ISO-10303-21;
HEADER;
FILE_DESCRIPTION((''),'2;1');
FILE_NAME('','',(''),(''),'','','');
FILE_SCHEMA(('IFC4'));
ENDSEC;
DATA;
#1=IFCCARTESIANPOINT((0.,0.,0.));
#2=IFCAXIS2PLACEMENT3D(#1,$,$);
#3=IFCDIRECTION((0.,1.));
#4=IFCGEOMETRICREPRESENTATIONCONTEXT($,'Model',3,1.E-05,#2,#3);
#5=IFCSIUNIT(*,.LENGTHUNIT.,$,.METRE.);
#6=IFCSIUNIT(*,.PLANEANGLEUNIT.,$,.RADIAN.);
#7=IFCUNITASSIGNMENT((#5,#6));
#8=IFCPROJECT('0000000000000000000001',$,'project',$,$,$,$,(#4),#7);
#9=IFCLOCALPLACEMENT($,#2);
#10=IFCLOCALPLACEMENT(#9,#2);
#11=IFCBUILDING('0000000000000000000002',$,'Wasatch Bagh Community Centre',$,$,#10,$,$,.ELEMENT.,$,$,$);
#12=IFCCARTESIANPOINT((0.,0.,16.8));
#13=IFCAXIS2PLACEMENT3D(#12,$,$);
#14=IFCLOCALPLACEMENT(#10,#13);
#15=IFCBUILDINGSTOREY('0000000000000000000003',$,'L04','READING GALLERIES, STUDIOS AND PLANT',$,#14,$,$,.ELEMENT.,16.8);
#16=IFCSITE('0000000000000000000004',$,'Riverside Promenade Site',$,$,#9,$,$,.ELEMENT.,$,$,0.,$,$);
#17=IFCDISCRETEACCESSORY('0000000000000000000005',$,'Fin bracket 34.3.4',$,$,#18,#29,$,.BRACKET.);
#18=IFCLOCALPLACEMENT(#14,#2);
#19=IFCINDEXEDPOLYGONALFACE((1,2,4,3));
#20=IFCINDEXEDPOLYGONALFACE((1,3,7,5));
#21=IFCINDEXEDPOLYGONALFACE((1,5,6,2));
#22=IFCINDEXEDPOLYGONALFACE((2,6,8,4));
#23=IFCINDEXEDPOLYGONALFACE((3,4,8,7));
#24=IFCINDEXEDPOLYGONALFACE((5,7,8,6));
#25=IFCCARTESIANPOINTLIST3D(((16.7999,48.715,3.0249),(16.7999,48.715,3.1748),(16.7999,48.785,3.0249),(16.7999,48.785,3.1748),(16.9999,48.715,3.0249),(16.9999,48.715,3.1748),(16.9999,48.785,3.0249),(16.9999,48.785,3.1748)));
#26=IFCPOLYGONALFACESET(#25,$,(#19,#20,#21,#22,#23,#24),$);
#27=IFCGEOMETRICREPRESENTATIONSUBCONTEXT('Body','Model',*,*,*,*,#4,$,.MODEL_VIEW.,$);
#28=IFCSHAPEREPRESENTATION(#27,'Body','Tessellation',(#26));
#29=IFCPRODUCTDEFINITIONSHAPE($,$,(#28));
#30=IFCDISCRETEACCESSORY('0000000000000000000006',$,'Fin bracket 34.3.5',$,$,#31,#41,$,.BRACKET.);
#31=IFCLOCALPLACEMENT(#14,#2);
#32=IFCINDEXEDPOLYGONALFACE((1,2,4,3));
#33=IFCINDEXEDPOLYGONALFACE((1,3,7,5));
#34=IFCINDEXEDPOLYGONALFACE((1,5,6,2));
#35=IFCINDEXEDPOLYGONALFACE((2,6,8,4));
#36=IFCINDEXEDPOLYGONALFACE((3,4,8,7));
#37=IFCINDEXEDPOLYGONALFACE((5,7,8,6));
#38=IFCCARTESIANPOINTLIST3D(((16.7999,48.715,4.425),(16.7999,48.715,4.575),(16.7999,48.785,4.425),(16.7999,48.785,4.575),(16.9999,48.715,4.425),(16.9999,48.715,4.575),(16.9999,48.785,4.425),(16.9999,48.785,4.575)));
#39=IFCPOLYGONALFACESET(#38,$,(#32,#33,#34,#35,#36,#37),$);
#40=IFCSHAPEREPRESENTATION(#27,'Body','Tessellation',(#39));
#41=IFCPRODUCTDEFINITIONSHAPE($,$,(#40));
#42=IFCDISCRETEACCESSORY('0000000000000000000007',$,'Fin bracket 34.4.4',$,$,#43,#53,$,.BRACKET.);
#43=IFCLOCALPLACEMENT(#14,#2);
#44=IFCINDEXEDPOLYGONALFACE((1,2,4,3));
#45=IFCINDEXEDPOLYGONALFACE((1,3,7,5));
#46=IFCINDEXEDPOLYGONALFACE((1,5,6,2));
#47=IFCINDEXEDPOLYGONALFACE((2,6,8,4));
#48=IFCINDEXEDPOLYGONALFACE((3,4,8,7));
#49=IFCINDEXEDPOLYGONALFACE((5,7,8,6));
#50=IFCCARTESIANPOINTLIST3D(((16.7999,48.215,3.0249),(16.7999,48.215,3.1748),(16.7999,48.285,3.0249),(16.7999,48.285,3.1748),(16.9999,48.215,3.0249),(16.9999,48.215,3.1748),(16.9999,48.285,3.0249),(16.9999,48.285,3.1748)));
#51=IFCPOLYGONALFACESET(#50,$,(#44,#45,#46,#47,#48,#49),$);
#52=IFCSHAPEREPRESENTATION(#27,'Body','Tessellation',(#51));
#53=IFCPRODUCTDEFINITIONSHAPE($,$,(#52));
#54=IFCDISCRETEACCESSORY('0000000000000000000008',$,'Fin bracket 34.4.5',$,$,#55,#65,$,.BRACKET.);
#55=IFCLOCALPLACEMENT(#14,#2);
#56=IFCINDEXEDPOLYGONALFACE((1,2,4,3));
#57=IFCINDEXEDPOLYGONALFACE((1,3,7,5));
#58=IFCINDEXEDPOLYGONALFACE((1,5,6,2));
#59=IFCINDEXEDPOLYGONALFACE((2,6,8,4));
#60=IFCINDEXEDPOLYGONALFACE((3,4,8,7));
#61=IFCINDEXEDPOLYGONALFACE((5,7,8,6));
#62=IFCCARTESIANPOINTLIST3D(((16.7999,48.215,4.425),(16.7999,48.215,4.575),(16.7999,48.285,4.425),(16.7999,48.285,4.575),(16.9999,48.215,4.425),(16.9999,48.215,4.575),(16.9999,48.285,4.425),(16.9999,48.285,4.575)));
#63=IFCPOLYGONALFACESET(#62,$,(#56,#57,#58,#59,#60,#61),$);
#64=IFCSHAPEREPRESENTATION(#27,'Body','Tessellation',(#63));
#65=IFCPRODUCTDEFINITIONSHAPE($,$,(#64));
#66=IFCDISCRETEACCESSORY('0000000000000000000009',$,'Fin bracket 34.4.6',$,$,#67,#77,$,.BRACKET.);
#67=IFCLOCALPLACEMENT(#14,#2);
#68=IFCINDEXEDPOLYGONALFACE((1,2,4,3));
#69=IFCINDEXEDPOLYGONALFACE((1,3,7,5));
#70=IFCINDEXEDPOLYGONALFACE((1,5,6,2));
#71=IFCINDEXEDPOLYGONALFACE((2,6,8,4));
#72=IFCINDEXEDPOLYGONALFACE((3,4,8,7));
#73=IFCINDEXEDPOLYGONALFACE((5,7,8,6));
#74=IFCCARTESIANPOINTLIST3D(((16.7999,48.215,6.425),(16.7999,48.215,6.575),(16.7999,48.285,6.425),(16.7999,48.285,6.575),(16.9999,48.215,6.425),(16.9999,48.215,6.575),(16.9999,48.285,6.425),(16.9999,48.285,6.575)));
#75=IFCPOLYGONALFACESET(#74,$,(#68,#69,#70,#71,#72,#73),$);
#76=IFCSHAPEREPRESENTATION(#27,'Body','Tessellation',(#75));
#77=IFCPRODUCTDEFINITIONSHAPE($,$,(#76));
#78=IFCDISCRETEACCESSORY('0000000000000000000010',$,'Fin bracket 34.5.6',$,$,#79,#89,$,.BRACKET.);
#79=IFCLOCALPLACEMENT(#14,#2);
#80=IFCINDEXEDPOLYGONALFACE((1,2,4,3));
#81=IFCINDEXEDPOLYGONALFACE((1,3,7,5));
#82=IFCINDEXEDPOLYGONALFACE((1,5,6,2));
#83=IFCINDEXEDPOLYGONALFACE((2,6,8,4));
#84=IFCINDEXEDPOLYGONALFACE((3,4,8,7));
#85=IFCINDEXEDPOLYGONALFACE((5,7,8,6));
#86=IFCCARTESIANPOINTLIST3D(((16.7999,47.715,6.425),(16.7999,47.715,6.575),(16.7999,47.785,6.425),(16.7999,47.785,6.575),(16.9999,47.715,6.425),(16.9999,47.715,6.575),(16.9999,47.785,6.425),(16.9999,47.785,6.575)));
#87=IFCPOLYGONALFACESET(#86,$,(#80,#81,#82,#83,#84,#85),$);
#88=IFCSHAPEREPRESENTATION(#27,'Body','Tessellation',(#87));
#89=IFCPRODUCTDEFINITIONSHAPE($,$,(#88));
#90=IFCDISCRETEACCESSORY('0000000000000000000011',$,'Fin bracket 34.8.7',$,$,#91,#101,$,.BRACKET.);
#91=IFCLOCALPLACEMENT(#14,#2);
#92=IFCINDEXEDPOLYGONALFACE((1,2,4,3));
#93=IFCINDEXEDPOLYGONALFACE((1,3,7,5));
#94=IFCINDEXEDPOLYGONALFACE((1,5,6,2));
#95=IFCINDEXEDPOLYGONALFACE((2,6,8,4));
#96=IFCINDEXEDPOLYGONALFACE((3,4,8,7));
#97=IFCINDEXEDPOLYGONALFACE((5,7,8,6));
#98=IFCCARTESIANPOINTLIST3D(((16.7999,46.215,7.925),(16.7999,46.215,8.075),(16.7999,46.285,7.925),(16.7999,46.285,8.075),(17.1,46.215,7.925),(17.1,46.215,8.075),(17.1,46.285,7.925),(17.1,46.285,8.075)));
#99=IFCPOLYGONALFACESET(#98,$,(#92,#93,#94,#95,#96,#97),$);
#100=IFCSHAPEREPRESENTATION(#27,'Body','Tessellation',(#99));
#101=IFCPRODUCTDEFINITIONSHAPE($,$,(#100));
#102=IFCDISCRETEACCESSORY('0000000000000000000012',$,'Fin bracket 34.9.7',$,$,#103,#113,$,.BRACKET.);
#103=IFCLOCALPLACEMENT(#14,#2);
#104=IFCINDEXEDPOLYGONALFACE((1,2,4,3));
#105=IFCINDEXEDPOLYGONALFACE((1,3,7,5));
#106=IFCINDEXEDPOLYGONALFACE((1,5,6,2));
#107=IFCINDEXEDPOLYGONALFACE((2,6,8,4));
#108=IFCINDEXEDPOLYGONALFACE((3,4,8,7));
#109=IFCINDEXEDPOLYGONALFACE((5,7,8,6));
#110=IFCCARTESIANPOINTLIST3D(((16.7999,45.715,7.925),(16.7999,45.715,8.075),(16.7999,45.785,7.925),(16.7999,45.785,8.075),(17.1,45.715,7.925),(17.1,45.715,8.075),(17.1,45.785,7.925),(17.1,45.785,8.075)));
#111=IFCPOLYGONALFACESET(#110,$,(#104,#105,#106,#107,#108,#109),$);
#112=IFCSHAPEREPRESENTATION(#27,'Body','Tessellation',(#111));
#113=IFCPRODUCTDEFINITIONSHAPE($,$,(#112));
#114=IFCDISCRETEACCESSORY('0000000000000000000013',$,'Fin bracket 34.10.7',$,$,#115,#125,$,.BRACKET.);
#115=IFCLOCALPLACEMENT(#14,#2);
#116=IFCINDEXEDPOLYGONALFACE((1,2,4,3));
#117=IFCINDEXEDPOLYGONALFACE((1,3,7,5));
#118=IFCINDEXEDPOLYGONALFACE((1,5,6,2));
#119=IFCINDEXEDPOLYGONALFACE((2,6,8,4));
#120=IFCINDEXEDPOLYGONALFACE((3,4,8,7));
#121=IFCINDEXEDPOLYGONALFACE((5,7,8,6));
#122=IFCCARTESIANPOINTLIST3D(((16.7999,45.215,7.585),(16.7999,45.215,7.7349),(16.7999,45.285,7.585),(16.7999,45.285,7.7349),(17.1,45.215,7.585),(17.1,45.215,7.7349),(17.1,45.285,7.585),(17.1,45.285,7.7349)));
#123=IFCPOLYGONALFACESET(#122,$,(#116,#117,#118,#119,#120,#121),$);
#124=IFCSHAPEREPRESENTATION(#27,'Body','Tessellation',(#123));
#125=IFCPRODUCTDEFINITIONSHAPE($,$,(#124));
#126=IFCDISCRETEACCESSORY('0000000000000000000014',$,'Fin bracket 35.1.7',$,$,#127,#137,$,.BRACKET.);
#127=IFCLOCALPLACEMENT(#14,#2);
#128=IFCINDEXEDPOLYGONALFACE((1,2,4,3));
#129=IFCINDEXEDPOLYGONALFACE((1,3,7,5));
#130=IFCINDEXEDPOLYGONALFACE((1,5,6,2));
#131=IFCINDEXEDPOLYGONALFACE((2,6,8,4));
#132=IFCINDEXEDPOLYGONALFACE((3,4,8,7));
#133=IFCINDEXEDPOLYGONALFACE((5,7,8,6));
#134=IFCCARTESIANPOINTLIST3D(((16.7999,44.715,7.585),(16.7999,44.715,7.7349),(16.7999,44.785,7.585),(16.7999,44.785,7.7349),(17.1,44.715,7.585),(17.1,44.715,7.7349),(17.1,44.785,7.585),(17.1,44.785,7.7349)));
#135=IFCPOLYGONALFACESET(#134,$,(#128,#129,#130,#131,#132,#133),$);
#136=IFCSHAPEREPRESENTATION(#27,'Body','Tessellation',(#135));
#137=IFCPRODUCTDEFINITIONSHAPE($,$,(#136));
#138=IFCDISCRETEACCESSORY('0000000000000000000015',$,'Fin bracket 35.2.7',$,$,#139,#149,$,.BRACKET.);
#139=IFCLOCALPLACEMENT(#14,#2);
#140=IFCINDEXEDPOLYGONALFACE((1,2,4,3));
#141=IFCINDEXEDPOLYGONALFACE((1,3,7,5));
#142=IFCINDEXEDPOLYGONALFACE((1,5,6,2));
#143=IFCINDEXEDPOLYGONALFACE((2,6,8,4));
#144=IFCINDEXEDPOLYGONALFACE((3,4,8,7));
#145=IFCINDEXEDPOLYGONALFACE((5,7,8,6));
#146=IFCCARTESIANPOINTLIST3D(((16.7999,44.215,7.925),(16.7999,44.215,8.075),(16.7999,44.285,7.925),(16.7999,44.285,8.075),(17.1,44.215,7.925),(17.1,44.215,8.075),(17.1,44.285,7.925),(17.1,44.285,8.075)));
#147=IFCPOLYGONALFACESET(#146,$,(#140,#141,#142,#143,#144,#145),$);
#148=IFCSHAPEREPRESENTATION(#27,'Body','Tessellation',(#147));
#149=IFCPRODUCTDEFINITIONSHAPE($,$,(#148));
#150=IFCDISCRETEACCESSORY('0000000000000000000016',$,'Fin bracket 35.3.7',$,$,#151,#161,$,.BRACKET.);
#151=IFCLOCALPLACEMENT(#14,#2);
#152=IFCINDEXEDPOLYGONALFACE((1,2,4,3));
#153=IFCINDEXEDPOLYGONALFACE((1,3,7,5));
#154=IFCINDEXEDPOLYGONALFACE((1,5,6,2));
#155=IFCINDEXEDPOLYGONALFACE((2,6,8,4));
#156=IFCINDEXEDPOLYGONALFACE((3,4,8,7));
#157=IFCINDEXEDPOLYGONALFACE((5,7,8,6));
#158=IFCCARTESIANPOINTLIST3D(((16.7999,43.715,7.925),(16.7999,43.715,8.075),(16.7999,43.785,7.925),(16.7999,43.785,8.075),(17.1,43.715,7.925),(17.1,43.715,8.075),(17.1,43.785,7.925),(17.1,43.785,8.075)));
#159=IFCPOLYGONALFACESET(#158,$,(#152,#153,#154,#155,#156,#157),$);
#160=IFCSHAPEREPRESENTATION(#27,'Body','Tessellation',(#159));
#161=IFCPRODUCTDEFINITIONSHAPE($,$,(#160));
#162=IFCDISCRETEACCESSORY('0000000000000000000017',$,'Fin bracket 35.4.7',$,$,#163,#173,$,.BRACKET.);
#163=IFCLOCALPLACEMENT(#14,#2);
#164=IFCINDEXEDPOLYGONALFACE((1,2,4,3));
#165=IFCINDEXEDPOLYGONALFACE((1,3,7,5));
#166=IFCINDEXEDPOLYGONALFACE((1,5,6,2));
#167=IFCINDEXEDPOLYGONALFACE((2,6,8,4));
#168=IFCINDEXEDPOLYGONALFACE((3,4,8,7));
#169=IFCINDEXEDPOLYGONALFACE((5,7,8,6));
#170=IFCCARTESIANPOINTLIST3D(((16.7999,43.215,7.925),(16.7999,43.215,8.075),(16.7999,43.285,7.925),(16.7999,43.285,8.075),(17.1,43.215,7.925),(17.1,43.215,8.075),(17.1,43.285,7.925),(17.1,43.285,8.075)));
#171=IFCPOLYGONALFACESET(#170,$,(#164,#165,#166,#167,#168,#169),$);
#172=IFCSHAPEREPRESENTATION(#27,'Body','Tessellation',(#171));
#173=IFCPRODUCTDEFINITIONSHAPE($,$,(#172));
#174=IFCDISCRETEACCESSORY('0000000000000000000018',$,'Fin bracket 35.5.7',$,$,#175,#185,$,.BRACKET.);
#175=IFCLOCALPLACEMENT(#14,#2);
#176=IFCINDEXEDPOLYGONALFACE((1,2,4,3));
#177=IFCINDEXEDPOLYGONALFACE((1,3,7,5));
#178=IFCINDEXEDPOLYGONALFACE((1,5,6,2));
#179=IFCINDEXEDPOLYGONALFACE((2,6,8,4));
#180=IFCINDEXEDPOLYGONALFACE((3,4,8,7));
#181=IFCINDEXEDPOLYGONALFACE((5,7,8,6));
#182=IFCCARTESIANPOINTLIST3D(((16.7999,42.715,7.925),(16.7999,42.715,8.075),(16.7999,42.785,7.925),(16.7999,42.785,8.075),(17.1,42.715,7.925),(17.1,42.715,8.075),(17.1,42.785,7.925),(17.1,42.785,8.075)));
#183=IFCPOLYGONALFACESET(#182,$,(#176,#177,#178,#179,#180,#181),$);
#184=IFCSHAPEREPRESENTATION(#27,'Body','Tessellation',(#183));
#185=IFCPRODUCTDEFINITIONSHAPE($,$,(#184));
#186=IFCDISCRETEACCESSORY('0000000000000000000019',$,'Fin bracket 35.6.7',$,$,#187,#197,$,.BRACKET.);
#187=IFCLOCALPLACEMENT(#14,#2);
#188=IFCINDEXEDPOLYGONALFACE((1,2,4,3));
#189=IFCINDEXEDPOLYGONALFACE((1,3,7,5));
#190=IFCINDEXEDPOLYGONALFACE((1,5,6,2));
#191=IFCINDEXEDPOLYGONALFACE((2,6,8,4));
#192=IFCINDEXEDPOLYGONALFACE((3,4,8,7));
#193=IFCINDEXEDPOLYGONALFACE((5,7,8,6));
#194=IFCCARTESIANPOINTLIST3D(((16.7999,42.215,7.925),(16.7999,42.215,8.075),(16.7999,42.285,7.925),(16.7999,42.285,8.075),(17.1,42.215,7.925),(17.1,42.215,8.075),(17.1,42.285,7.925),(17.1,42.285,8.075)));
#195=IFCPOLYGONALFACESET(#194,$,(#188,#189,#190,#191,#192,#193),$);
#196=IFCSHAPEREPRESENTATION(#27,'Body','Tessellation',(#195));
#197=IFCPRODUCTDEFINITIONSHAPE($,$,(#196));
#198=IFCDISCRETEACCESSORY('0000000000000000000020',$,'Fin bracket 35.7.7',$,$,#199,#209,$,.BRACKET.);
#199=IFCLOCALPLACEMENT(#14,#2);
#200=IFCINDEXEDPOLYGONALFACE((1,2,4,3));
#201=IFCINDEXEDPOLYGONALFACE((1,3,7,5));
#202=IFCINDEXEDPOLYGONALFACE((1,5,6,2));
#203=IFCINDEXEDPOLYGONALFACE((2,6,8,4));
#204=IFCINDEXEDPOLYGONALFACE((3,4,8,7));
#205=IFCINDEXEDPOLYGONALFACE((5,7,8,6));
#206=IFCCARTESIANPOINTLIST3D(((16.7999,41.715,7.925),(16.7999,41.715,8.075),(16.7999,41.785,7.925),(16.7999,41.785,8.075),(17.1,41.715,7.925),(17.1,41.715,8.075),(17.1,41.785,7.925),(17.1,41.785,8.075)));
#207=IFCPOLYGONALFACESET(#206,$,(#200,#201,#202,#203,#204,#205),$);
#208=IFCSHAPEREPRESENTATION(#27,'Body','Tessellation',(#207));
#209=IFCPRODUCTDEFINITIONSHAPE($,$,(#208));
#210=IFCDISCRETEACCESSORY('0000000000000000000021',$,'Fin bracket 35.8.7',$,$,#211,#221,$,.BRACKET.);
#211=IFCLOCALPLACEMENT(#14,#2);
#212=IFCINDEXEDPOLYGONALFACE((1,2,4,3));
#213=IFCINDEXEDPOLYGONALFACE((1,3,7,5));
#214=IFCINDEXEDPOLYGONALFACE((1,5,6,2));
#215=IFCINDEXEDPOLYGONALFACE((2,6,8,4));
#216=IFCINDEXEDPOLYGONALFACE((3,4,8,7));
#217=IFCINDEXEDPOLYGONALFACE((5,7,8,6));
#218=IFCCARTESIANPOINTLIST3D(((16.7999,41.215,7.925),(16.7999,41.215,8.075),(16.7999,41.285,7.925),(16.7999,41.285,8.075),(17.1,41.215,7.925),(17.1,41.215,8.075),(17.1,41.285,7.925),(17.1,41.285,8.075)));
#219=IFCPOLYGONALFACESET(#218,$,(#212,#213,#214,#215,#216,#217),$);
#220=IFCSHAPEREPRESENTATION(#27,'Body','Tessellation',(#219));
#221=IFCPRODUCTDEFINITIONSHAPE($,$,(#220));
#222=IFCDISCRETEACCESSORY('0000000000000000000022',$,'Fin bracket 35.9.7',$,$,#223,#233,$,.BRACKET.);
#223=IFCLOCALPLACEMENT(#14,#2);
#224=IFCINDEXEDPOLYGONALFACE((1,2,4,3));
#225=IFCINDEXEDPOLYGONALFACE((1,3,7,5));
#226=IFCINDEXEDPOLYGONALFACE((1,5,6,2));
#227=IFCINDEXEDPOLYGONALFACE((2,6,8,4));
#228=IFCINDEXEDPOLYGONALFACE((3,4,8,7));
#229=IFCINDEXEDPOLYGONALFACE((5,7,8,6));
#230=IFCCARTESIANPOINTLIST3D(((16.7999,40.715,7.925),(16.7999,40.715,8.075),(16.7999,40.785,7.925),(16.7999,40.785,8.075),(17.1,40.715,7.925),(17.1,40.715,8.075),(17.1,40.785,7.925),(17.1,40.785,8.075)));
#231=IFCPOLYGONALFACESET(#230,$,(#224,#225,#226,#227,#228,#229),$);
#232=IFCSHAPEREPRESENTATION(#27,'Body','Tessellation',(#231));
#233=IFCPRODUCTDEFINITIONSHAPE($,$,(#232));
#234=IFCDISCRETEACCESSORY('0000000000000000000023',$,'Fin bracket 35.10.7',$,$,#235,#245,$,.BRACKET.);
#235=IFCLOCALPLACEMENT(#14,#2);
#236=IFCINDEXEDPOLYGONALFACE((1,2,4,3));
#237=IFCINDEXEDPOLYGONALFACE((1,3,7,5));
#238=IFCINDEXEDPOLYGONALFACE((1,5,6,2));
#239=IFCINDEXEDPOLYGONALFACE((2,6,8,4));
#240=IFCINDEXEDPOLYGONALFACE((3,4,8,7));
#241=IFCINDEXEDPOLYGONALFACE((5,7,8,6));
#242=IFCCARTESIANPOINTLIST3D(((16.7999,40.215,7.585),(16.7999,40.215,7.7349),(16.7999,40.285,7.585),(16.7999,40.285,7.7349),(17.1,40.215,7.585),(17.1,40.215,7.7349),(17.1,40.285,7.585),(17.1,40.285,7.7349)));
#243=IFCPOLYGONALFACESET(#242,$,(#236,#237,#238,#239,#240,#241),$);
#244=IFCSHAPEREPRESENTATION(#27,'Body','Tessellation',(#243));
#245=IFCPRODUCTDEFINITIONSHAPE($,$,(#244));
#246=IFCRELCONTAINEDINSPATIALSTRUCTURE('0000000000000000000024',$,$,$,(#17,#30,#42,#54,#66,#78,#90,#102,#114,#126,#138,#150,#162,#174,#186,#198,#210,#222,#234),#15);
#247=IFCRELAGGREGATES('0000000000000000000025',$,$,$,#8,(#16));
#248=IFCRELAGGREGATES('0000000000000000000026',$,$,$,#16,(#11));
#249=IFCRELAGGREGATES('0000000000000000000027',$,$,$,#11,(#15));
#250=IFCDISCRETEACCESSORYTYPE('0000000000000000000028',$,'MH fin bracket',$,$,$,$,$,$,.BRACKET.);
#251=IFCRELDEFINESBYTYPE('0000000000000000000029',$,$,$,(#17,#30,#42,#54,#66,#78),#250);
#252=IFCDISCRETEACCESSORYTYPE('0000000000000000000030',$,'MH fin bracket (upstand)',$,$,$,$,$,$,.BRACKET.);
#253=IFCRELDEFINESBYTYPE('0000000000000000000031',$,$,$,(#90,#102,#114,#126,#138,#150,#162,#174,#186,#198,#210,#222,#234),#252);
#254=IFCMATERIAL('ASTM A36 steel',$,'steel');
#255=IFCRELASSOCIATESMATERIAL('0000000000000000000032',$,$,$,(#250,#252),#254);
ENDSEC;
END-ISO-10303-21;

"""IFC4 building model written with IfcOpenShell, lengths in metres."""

from ifc_helpers import new_model, si_unit, direction, frame, origin, origin_2d, place, context, subcontext, project, spatial, rectangle, extrude, material, type_object, element, save


model = new_model("IFC4")

# Units and contexts
model_context = context("Model", 3, precision=1e-05, world=origin(), true_north=direction((0.0, 1.0)))
body_context = subcontext(model_context, "Body", "Model", "MODEL_VIEW")
ifc_project = project(units=[si_unit("LENGTHUNIT", "METRE"), si_unit("PLANEANGLEUNIT", "RADIAN")], contexts=[model_context])

# Site, building, storey
site_placement = place(None, origin())
site = spatial("IfcSite", under=ifc_project, at=site_placement, Name="Riverside Promenade Site", CompositionType="ELEMENT", RefElevation=0.0)
building_placement = place(site_placement, origin())
building = spatial("IfcBuilding", under=site, at=building_placement, Name="Wasatch Bagh Community Centre", CompositionType="ELEMENT")
storey_placement = place(building_placement, frame((0.0, 0.0, 16.8)))
storey = spatial("IfcBuildingStorey", under=building, at=storey_placement, Name="L04", Description="READING GALLERIES, STUDIOS AND PLANT", CompositionType="ELEMENT", Elevation=16.8)

# Shared definitions
ifc_material_1 = material(Name="ASTM A36 steel", Category="steel")

# Discrete accessories
discrete_accessory_type_1 = type_object("IfcDiscreteAccessoryType", Name="MH fin bracket", PredefinedType="BRACKET", material=ifc_material_1)
for number, where, z_axis, x_axis, name in (
    (1, (16.8999, 48.75, 3.0249), (0.0, 0.0, 1.0), (0.0, -1.0, 0.0), "Fin bracket 34.3.4"),
    (2, (16.8999, 48.75, 4.425), (0.0, 0.0, 1.0), (0.0, -1.0, 0.0), "Fin bracket 34.3.5"),
    (3, (16.8999, 48.25, 3.0249), (0.0, 0.0, 1.0), (0.0, -1.0, 0.0), "Fin bracket 34.4.4"),
    (4, (16.8999, 48.25, 4.425), (0.0, 0.0, 1.0), (0.0, -1.0, 0.0), "Fin bracket 34.4.5"),
    (5, (16.8999, 48.25, 6.425), (0.0, 0.0, 1.0), (0.0, -1.0, 0.0), "Fin bracket 34.4.6"),
    (6, (16.8999, 47.75, 6.425), (0.0, 0.0, 1.0), (0.0, -1.0, 0.0), "Fin bracket 34.5.6"),
):
    element("IfcDiscreteAccessory", number, at=place(storey_placement, frame(where, z_axis=z_axis, x_axis=x_axis)), inside=storey, type_object=discrete_accessory_type_1, Name=name, PredefinedType="BRACKET", context=body_context, shape_type="SweptSolid", body=[
        extrude(rectangle(XDim=0.0701, YDim=0.2, at=origin_2d()), origin(), (0.0, 0.0, 1.0), 0.1499),
    ])
discrete_accessory_type_2 = type_object("IfcDiscreteAccessoryType", Name="MH fin bracket (upstand)", PredefinedType="BRACKET", material=ifc_material_1)
for number, where, z_axis, x_axis, name in (
    (7, (16.95, 46.25, 7.925), (0.0, 0.0, 1.0), (0.0, -1.0, 0.0), "Fin bracket 34.8.7"),
    (8, (16.95, 45.75, 7.925), (0.0, 0.0, 1.0), (0.0, -1.0, 0.0), "Fin bracket 34.9.7"),
    (9, (16.95, 45.25, 7.585), (0.0, 0.0, 1.0), (0.0, -1.0, 0.0), "Fin bracket 34.10.7"),
    (10, (16.95, 44.75, 7.585), (0.0, 0.0, 1.0), (0.0, -1.0, 0.0), "Fin bracket 35.1.7"),
    (11, (16.95, 44.25, 7.925), (0.0, 0.0, 1.0), (0.0, -1.0, 0.0), "Fin bracket 35.2.7"),
    (12, (16.95, 43.75, 7.925), (0.0, 0.0, 1.0), (0.0, -1.0, 0.0), "Fin bracket 35.3.7"),
    (13, (16.95, 43.25, 7.925), (0.0, 0.0, 1.0), (0.0, -1.0, 0.0), "Fin bracket 35.4.7"),
    (14, (16.95, 42.75, 7.925), (0.0, 0.0, 1.0), (0.0, -1.0, 0.0), "Fin bracket 35.5.7"),
    (15, (16.95, 42.25, 7.925), (0.0, 0.0, 1.0), (0.0, -1.0, 0.0), "Fin bracket 35.6.7"),
    (16, (16.95, 41.75, 7.925), (0.0, 0.0, 1.0), (0.0, -1.0, 0.0), "Fin bracket 35.7.7"),
    (17, (16.95, 41.25, 7.925), (0.0, 0.0, 1.0), (0.0, -1.0, 0.0), "Fin bracket 35.8.7"),
    (18, (16.95, 40.75, 7.925), (0.0, 0.0, 1.0), (0.0, -1.0, 0.0), "Fin bracket 35.9.7"),
    (19, (16.95, 40.25, 7.585), (0.0, 0.0, 1.0), (0.0, -1.0, 0.0), "Fin bracket 35.10.7"),
):
    element("IfcDiscreteAccessory", number, at=place(storey_placement, frame(where, z_axis=z_axis, x_axis=x_axis)), inside=storey, type_object=discrete_accessory_type_2, Name=name, PredefinedType="BRACKET", context=body_context, shape_type="SweptSolid", body=[
        extrude(rectangle(XDim=0.0701, YDim=0.3, at=origin_2d()), origin(), (0.0, 0.0, 1.0), 0.1499),
    ])

save(model, "model.ifc")
